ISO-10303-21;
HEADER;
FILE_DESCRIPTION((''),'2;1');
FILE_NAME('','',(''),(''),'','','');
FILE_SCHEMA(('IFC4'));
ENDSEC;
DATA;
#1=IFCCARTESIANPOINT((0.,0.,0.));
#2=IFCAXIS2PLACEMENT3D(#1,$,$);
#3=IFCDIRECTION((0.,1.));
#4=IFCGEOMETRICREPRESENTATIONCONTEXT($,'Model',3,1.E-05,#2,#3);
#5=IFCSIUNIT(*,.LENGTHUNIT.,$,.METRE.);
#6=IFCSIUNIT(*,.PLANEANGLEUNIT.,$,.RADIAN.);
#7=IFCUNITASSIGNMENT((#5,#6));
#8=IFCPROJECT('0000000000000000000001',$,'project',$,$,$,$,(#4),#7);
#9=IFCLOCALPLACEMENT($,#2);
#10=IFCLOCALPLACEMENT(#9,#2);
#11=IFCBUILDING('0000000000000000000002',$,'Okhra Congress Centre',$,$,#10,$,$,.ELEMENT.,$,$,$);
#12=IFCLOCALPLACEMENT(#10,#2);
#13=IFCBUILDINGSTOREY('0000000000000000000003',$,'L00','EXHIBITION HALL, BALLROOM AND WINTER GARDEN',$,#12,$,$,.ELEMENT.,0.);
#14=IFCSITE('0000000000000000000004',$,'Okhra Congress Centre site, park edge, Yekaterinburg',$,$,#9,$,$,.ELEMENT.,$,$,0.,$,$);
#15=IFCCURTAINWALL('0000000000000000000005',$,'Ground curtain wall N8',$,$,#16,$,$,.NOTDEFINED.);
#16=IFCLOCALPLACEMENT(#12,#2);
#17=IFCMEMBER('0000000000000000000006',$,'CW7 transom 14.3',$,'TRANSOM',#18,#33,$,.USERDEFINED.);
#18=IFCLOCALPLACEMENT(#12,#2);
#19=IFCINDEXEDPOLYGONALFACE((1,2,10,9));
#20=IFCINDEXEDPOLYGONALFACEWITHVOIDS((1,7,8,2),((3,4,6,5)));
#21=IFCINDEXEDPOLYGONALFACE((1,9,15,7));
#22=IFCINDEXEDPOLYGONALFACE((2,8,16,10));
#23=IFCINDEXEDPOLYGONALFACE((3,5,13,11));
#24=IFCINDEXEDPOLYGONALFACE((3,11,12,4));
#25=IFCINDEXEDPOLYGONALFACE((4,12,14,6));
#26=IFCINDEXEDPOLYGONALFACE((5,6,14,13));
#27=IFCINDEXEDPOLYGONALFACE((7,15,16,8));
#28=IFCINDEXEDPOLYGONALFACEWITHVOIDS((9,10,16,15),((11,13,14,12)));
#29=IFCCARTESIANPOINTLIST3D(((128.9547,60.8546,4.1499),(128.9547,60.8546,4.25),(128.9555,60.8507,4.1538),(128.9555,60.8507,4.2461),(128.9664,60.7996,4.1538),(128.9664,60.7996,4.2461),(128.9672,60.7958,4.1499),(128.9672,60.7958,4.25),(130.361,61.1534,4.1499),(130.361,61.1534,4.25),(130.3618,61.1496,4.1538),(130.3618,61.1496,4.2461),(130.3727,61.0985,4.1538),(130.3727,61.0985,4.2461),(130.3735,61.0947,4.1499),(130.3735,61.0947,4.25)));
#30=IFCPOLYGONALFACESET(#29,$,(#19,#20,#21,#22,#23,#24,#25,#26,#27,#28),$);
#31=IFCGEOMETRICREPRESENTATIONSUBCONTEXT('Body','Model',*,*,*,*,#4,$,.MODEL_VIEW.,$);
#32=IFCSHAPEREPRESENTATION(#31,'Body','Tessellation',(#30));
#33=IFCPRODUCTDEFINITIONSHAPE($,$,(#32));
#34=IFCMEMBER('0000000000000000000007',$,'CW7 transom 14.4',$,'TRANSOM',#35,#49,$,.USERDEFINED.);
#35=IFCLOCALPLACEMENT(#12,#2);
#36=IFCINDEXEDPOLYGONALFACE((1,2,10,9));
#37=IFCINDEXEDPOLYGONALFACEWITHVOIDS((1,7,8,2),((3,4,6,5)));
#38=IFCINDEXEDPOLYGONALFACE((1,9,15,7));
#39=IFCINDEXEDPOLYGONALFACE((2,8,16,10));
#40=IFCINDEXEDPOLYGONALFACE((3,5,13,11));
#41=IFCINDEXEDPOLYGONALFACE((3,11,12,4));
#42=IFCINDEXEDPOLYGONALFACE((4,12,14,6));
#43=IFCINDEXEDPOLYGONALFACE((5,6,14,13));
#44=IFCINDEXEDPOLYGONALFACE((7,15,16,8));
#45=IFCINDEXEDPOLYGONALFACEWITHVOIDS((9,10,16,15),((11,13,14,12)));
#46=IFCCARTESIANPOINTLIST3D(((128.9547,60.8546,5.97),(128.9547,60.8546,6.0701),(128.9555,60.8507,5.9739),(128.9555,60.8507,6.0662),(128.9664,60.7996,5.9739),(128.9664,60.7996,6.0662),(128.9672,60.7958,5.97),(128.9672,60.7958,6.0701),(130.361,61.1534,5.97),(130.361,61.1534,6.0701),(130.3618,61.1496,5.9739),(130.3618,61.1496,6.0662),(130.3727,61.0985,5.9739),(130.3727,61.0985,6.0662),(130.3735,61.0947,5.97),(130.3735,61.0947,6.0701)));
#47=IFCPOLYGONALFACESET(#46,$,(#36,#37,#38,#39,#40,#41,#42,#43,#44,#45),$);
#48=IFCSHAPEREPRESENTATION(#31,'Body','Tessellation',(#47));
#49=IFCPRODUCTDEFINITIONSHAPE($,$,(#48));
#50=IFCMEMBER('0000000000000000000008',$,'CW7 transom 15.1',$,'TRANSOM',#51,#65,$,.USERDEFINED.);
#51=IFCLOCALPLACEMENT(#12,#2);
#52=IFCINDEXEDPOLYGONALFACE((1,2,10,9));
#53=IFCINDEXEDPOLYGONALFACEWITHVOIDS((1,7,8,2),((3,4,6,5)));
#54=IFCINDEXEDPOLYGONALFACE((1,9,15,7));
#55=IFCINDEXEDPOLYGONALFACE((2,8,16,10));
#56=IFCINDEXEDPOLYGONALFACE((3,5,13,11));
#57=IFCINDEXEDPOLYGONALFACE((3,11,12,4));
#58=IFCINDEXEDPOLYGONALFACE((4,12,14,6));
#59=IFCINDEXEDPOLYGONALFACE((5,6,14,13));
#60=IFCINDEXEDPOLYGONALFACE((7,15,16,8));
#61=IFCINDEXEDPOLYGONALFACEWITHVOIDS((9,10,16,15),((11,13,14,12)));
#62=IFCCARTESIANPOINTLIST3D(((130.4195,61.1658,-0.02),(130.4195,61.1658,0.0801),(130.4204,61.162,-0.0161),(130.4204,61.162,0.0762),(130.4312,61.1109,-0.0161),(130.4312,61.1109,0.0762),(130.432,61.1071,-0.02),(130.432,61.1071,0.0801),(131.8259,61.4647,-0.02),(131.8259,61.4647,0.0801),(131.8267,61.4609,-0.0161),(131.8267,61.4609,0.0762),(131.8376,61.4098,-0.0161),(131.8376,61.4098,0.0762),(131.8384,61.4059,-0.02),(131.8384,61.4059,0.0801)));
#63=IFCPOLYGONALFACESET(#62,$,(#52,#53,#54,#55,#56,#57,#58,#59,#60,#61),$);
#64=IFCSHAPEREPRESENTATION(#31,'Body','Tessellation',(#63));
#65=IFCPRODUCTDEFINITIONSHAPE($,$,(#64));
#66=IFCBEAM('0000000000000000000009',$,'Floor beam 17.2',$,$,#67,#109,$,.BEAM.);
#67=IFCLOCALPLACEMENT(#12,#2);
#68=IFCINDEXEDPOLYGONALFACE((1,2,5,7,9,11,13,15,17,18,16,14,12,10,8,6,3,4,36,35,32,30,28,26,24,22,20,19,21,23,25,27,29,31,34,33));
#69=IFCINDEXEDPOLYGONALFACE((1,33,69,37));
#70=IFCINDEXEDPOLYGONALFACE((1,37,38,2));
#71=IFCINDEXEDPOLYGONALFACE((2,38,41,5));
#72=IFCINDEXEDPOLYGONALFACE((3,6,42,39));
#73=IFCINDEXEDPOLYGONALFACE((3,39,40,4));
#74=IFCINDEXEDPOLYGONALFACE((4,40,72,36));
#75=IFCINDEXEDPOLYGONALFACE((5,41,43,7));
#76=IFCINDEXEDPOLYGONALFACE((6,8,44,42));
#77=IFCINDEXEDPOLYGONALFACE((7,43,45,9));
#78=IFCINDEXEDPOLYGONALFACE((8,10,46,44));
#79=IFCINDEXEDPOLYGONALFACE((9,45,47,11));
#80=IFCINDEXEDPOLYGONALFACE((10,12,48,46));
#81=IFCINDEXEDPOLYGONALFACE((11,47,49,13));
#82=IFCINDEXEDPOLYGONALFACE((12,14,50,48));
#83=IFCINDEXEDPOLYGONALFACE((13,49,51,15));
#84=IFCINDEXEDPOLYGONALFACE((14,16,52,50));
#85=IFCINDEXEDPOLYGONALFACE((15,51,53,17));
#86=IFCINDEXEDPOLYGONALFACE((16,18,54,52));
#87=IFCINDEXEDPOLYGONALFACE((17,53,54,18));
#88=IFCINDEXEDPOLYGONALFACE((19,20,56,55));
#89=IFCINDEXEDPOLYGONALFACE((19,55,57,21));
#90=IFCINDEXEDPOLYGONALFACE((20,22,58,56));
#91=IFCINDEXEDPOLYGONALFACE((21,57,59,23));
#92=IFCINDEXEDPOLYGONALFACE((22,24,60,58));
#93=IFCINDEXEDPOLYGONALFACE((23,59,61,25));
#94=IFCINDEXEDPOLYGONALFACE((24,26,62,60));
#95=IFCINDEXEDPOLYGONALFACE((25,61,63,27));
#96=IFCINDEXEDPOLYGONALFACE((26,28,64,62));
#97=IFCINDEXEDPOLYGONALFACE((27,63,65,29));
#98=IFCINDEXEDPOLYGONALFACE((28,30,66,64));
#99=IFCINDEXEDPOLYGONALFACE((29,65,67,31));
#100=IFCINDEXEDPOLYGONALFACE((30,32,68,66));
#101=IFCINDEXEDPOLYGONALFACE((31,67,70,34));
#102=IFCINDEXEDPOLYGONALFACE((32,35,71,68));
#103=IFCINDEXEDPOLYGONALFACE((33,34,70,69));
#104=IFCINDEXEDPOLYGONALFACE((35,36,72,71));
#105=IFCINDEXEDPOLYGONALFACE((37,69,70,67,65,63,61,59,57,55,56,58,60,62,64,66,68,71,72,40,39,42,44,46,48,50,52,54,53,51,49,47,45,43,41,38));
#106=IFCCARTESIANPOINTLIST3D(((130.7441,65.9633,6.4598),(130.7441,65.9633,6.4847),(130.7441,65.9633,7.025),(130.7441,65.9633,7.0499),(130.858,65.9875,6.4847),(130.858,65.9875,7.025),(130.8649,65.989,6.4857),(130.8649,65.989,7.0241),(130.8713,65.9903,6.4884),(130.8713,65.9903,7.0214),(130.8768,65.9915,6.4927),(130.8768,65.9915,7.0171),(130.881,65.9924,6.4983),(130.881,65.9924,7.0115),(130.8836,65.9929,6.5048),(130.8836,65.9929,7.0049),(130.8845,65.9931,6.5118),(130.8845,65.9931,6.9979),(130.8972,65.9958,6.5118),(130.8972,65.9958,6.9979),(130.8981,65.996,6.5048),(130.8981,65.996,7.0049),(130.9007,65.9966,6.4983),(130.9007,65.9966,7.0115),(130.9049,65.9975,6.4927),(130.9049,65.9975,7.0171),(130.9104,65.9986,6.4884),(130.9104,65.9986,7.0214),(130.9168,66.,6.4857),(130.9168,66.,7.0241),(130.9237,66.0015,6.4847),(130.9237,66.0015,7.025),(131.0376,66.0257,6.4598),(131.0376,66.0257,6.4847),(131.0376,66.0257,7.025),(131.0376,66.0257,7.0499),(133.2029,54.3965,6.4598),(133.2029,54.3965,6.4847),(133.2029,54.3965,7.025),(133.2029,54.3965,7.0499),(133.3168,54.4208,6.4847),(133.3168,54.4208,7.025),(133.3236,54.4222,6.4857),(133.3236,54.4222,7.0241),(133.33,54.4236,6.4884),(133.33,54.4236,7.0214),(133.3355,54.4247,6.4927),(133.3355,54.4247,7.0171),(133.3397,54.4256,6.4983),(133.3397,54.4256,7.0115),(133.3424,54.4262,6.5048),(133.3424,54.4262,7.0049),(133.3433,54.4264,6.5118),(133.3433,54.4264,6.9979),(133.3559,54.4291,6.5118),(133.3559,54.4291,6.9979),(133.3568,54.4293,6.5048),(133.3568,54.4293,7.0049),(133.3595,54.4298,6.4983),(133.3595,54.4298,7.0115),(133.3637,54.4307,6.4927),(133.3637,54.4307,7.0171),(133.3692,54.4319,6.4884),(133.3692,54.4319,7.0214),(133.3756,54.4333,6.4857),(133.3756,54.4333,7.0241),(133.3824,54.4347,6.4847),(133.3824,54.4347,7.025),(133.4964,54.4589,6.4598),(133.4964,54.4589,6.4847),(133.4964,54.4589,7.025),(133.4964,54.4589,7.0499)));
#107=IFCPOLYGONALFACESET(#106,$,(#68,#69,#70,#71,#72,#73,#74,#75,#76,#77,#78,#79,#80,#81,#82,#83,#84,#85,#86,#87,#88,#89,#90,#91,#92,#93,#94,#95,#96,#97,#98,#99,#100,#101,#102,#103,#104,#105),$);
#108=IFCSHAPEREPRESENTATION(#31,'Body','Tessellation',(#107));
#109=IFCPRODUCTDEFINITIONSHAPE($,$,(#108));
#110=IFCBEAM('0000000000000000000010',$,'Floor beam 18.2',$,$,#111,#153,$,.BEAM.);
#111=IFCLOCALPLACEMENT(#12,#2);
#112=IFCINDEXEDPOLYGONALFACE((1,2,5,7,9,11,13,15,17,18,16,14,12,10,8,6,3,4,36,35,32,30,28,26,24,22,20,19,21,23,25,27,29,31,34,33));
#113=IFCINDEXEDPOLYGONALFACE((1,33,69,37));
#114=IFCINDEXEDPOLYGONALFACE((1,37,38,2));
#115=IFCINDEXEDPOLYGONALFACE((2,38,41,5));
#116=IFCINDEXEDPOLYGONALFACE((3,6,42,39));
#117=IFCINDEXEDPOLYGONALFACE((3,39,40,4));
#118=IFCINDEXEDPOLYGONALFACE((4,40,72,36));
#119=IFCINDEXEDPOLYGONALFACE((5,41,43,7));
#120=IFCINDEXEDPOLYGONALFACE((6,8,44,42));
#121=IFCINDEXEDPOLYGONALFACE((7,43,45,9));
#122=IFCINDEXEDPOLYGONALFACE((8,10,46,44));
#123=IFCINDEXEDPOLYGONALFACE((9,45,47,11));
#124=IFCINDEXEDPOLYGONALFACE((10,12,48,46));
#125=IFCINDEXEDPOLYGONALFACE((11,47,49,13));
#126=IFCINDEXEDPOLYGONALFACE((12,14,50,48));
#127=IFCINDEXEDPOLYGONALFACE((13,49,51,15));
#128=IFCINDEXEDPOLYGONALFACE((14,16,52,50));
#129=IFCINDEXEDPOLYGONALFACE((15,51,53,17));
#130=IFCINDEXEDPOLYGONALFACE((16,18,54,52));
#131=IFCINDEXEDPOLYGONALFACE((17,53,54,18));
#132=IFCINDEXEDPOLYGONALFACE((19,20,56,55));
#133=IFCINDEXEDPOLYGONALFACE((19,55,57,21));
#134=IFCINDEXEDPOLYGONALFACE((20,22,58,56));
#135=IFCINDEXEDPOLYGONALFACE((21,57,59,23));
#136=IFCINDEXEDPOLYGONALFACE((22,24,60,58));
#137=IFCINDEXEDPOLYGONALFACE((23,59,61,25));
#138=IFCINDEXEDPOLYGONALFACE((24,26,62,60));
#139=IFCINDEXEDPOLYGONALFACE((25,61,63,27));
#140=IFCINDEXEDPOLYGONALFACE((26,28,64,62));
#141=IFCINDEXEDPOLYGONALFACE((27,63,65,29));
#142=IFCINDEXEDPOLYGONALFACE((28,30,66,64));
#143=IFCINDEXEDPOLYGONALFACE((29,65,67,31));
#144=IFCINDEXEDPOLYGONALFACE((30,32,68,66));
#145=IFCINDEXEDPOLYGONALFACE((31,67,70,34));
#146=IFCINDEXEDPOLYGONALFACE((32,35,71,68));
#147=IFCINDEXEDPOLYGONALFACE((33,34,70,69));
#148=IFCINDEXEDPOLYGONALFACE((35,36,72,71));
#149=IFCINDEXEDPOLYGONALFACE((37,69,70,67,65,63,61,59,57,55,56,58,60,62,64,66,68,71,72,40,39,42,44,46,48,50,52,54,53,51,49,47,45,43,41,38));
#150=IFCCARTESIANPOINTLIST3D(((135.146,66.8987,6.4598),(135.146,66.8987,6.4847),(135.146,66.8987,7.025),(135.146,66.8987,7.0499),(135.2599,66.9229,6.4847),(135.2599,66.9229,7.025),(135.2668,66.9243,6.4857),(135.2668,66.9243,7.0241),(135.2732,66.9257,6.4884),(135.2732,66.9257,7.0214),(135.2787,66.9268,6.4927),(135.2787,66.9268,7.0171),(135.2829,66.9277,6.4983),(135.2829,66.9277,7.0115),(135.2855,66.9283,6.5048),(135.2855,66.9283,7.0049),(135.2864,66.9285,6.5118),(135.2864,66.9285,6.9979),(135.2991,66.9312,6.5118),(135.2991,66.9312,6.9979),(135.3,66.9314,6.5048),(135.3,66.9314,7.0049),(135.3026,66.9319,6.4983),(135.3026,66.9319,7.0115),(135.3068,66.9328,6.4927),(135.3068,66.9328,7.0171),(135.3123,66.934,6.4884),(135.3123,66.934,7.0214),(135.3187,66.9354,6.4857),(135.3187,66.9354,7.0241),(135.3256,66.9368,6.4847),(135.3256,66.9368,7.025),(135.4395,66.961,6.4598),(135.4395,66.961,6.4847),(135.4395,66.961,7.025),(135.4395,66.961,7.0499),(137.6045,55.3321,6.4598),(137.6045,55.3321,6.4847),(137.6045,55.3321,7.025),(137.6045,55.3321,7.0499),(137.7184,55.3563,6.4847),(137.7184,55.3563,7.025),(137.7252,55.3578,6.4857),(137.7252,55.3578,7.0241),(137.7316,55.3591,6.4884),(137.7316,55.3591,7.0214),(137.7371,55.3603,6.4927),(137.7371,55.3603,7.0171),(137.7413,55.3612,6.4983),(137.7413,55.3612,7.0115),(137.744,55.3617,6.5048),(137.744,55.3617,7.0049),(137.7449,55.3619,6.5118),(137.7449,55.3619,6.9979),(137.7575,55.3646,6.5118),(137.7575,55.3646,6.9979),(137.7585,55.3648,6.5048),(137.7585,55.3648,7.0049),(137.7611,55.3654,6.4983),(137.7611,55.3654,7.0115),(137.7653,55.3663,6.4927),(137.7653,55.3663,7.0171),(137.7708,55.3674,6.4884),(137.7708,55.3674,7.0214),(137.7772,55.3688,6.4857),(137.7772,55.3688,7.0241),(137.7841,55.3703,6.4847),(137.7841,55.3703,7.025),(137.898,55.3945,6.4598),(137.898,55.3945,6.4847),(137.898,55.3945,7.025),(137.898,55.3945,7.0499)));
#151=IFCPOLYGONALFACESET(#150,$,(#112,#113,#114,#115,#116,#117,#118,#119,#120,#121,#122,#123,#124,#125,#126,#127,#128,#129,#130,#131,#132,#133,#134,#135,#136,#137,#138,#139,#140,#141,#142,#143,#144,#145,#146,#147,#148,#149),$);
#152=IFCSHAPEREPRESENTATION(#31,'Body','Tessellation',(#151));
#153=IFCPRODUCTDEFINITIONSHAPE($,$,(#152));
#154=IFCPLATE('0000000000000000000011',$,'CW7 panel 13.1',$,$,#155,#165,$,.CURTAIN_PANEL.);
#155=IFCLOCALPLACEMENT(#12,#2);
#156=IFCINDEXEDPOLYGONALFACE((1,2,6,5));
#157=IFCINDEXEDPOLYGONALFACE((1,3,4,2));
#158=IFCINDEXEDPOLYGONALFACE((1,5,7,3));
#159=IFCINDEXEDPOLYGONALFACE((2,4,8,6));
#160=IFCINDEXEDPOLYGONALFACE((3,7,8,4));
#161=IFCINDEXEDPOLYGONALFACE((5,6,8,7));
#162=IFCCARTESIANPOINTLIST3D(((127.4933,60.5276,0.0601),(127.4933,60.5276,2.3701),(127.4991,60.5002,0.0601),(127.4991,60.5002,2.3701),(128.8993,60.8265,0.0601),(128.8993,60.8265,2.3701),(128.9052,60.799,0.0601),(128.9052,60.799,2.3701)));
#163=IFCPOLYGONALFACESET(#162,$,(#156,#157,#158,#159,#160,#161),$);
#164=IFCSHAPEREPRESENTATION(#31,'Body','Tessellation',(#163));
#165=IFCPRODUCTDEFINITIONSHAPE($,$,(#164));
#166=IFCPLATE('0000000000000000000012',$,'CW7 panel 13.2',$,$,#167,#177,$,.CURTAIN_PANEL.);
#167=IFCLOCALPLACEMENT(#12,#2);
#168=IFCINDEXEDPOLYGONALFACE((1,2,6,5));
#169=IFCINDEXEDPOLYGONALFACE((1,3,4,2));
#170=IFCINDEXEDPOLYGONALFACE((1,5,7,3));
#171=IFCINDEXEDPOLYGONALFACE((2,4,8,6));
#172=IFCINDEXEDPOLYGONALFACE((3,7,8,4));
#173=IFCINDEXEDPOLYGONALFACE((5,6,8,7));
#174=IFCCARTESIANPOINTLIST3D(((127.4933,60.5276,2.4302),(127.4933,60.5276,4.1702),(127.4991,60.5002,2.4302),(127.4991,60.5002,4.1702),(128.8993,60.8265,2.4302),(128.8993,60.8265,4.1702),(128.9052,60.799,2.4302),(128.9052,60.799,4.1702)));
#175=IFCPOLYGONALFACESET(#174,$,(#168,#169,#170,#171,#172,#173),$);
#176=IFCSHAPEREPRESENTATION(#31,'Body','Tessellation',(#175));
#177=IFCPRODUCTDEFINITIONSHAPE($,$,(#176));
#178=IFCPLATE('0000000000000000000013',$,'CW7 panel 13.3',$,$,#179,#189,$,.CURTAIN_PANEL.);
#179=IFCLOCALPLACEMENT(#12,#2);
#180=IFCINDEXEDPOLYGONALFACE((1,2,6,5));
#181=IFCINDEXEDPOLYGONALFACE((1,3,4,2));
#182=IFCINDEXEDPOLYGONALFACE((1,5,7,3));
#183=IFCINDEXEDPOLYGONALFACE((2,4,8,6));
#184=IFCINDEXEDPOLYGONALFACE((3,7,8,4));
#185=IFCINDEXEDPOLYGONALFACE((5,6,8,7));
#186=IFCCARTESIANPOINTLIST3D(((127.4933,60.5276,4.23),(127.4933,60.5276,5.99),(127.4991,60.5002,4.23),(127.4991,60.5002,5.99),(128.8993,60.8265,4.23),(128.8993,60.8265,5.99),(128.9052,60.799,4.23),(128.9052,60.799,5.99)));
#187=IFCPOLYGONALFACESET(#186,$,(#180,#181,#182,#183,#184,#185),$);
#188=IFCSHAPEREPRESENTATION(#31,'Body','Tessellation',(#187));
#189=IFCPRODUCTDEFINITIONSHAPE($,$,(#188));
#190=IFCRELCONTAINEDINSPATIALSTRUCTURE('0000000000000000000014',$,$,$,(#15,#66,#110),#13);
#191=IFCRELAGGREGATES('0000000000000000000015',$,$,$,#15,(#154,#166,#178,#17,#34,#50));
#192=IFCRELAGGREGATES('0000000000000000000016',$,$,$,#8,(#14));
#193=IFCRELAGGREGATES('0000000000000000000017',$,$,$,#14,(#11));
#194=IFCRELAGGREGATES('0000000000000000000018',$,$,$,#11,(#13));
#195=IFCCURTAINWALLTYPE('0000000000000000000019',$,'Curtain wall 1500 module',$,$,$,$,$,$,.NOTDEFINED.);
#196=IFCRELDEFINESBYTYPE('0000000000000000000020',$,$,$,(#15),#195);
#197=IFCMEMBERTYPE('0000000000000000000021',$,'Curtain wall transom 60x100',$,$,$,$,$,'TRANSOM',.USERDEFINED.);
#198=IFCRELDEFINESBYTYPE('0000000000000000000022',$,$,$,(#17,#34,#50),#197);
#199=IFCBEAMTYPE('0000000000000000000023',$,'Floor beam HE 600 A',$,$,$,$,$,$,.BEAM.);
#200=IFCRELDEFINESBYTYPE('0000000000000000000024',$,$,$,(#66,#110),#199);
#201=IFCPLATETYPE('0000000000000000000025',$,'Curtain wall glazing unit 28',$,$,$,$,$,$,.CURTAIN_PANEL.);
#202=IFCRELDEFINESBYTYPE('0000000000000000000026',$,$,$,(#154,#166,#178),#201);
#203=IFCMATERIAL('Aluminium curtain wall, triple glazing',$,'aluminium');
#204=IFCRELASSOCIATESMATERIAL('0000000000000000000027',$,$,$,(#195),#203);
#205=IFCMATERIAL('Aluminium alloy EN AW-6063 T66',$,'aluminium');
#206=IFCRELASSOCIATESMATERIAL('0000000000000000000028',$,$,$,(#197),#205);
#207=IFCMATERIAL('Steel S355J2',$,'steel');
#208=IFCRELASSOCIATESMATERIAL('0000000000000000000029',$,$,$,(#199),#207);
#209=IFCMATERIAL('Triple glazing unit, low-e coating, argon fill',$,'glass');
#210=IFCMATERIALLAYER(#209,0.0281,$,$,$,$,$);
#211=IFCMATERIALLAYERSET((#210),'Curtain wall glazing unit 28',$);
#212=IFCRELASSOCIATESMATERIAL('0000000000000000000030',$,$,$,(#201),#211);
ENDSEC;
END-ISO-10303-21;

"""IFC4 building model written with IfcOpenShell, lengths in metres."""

from ifc_helpers import new_model, si_unit, direction, frame, origin, origin_2d, place, context, subcontext, project, spatial, rectangle, hollow_rectangle, i_section, extrude, material, layer, layer_set, material_profile, profile_set, type_object, element, aggregate, save


model = new_model("IFC4")

# Units and contexts
model_context = context("Model", 3, precision=1e-05, world=origin(), true_north=direction((0.0, 1.0)))
body_context = subcontext(model_context, "Body", "Model", "MODEL_VIEW")
ifc_project = project(units=[si_unit("LENGTHUNIT", "METRE"), si_unit("PLANEANGLEUNIT", "RADIAN")], contexts=[model_context])

# Site, building, storey
site_placement = place(None, origin())
site = spatial("IfcSite", under=ifc_project, at=site_placement, Name="Okhra Congress Centre site, park edge, Yekaterinburg", CompositionType="ELEMENT", RefElevation=0.0)
building_placement = place(site_placement, origin())
building = spatial("IfcBuilding", under=site, at=building_placement, Name="Okhra Congress Centre", CompositionType="ELEMENT")
storey_placement = place(building_placement, origin())
storey = spatial("IfcBuildingStorey", under=building, at=storey_placement, Name="L00", Description="EXHIBITION HALL, BALLROOM AND WINTER GARDEN", CompositionType="ELEMENT", Elevation=0.0)

# Curtain wall, members
ifc_material_1 = material(Name="Aluminium curtain wall, triple glazing", Category="aluminium")
curtain_wall_type = type_object("IfcCurtainWallType", Name="Curtain wall 1500 module", PredefinedType="NOTDEFINED", material=ifc_material_1)
curtain_wall_placement = place(storey_placement, origin())
curtain_wall = element("IfcCurtainWall", 1, at=curtain_wall_placement, inside=storey, type_object=curtain_wall_type, Name="Ground curtain wall N8", PredefinedType="NOTDEFINED")
ifc_material_2 = material(Name="Aluminium alloy EN AW-6063 T66", Category="aluminium")
ifc_material_profile_1 = material_profile(ifc_material_2, hollow_rectangle(XDim=0.0601, YDim=0.1001, WallThickness=0.0039, at=origin_2d()), Name="RHS 60x100x4")
ifc_profile_set_1 = profile_set([ifc_material_profile_1], Name="Aluminium alloy EN AW-6063 T66")
member_type_1 = type_object("IfcMemberType", Name="Curtain wall transom 60x100", ElementType="TRANSOM", PredefinedType="USERDEFINED", material=ifc_profile_set_1)
member_1_placement = place(storey_placement, frame((128.9609, 60.8252, 4.2), z_axis=(0.978159, 0.207859, 0.0), x_axis=(-0.207859, 0.978159, 0.0)))
member_1 = element("IfcMember", 2, at=member_1_placement, type_object=member_type_1, Name="CW7 transom 14.3", ObjectType="TRANSOM", PredefinedType="USERDEFINED", context=body_context, shape_type="SweptSolid", body=[
    extrude(hollow_rectangle(XDim=0.0601, YDim=0.1001, WallThickness=0.0039, at=origin_2d()), origin(), (0.0, 0.0, 1.0), 1.4377),
])
member_2_placement = place(storey_placement, frame((128.9609, 60.8252, 6.02), z_axis=(0.978159, 0.207859, 0.0), x_axis=(-0.207859, 0.978159, 0.0)))
member_2 = element("IfcMember", 3, at=member_2_placement, type_object=member_type_1, Name="CW7 transom 14.4", ObjectType="TRANSOM", PredefinedType="USERDEFINED", context=body_context, shape_type="SweptSolid", body=[
    extrude(hollow_rectangle(XDim=0.0601, YDim=0.1001, WallThickness=0.0039, at=origin_2d()), origin(), (0.0, 0.0, 1.0), 1.4377),
])
member_3_placement = place(storey_placement, frame((130.4258, 61.1365, 0.03), z_axis=(0.978159, 0.207859, 0.0), x_axis=(-0.207859, 0.978159, 0.0)))
member_3 = element("IfcMember", 4, at=member_3_placement, type_object=member_type_1, Name="CW7 transom 15.1", ObjectType="TRANSOM", PredefinedType="USERDEFINED", context=body_context, shape_type="SweptSolid", body=[
    extrude(hollow_rectangle(XDim=0.0601, YDim=0.1001, WallThickness=0.0039, at=origin_2d()), origin(), (0.0, 0.0, 1.0), 1.4377),
])

# Beams
ifc_material_3 = material(Name="Steel S355J2", Category="steel")
ifc_material_profile_2 = material_profile(ifc_material_3, i_section(OverallWidth=0.3, OverallDepth=0.5901, WebThickness=0.0129, FlangeThickness=0.0249, FilletRadius=0.0271, at=origin_2d()), Name="HE 600 A")
ifc_profile_set_2 = profile_set([ifc_material_profile_2], Name="Steel S355J2")
beam_type = type_object("IfcBeamType", Name="Floor beam HE 600 A", PredefinedType="BEAM", material=ifc_profile_set_2)
beam_1_placement = place(storey_placement, frame((133.3496, 54.4277, 6.7549), z_axis=(-0.207926, 0.978145, 0.0), x_axis=(-0.978145, -0.207926, 0.0)))
element("IfcBeam", 5, at=beam_1_placement, inside=storey, type_object=beam_type, Name="Floor beam 17.2", PredefinedType="BEAM", context=body_context, shape_type="SweptSolid", body=[
    extrude(i_section(OverallWidth=0.3, OverallDepth=0.5901, WebThickness=0.0129, FlangeThickness=0.0249, FilletRadius=0.0271, at=origin_2d()), origin(), (0.0, 0.0, 1.0), 11.8252),
])
beam_2_placement = place(storey_placement, frame((137.7512, 55.3633, 6.7549), z_axis=(-0.207906, 0.978149, 0.0), x_axis=(-0.978149, -0.207906, 0.0)))
element("IfcBeam", 6, at=beam_2_placement, inside=storey, type_object=beam_type, Name="Floor beam 18.2", PredefinedType="BEAM", context=body_context, shape_type="SweptSolid", body=[
    extrude(i_section(OverallWidth=0.3, OverallDepth=0.5901, WebThickness=0.0129, FlangeThickness=0.0249, FilletRadius=0.0271, at=origin_2d()), origin(), (0.0, 0.0, 1.0), 11.825),
])

# Plates
ifc_material_4 = material(Name="Triple glazing unit, low-e coating, argon fill", Category="glass")
ifc_layer_1 = layer(ifc_material_4, 0.0281)
ifc_layer_set_1 = layer_set([ifc_layer_1], Name="Curtain wall glazing unit 28")
plate_type = type_object("IfcPlateType", Name="Curtain wall glazing unit 28", PredefinedType="CURTAIN_PANEL", material=ifc_layer_set_1)
plate_1_placement = place(storey_placement, frame((128.1992, 60.6633, 0.0601), z_axis=(0.0, 0.0, 1.0), x_axis=(0.978148, 0.207912, 0.0)))
plate_1 = element("IfcPlate", 7, at=plate_1_placement, type_object=plate_type, Name="CW7 panel 13.1", PredefinedType="CURTAIN_PANEL", context=body_context, shape_type="SweptSolid", body=[
    extrude(rectangle(XDim=1.4375, YDim=0.0281, at=origin_2d()), origin(), (0.0, 0.0, 1.0), 2.3101),
])
plate_2_placement = place(storey_placement, frame((128.1992, 60.6633, 2.4302), z_axis=(0.0, 0.0, 1.0), x_axis=(0.978148, 0.207912, 0.0)))
plate_2 = element("IfcPlate", 8, at=plate_2_placement, type_object=plate_type, Name="CW7 panel 13.2", PredefinedType="CURTAIN_PANEL", context=body_context, shape_type="SweptSolid", body=[
    extrude(rectangle(XDim=1.4375, YDim=0.0281, at=origin_2d()), origin(), (0.0, 0.0, 1.0), 1.74),
])
plate_3_placement = place(storey_placement, frame((128.1992, 60.6633, 4.23), z_axis=(0.0, 0.0, 1.0), x_axis=(0.978148, 0.207912, 0.0)))
plate_3 = element("IfcPlate", 9, at=plate_3_placement, type_object=plate_type, Name="CW7 panel 13.3", PredefinedType="CURTAIN_PANEL", context=body_context, shape_type="SweptSolid", body=[
    extrude(rectangle(XDim=1.4375, YDim=0.0281, at=origin_2d()), origin(), (0.0, 0.0, 1.0), 1.76),
])
aggregate(curtain_wall, [plate_1, plate_2, plate_3, member_1, member_2, member_3])

save(model, "model.ifc")
